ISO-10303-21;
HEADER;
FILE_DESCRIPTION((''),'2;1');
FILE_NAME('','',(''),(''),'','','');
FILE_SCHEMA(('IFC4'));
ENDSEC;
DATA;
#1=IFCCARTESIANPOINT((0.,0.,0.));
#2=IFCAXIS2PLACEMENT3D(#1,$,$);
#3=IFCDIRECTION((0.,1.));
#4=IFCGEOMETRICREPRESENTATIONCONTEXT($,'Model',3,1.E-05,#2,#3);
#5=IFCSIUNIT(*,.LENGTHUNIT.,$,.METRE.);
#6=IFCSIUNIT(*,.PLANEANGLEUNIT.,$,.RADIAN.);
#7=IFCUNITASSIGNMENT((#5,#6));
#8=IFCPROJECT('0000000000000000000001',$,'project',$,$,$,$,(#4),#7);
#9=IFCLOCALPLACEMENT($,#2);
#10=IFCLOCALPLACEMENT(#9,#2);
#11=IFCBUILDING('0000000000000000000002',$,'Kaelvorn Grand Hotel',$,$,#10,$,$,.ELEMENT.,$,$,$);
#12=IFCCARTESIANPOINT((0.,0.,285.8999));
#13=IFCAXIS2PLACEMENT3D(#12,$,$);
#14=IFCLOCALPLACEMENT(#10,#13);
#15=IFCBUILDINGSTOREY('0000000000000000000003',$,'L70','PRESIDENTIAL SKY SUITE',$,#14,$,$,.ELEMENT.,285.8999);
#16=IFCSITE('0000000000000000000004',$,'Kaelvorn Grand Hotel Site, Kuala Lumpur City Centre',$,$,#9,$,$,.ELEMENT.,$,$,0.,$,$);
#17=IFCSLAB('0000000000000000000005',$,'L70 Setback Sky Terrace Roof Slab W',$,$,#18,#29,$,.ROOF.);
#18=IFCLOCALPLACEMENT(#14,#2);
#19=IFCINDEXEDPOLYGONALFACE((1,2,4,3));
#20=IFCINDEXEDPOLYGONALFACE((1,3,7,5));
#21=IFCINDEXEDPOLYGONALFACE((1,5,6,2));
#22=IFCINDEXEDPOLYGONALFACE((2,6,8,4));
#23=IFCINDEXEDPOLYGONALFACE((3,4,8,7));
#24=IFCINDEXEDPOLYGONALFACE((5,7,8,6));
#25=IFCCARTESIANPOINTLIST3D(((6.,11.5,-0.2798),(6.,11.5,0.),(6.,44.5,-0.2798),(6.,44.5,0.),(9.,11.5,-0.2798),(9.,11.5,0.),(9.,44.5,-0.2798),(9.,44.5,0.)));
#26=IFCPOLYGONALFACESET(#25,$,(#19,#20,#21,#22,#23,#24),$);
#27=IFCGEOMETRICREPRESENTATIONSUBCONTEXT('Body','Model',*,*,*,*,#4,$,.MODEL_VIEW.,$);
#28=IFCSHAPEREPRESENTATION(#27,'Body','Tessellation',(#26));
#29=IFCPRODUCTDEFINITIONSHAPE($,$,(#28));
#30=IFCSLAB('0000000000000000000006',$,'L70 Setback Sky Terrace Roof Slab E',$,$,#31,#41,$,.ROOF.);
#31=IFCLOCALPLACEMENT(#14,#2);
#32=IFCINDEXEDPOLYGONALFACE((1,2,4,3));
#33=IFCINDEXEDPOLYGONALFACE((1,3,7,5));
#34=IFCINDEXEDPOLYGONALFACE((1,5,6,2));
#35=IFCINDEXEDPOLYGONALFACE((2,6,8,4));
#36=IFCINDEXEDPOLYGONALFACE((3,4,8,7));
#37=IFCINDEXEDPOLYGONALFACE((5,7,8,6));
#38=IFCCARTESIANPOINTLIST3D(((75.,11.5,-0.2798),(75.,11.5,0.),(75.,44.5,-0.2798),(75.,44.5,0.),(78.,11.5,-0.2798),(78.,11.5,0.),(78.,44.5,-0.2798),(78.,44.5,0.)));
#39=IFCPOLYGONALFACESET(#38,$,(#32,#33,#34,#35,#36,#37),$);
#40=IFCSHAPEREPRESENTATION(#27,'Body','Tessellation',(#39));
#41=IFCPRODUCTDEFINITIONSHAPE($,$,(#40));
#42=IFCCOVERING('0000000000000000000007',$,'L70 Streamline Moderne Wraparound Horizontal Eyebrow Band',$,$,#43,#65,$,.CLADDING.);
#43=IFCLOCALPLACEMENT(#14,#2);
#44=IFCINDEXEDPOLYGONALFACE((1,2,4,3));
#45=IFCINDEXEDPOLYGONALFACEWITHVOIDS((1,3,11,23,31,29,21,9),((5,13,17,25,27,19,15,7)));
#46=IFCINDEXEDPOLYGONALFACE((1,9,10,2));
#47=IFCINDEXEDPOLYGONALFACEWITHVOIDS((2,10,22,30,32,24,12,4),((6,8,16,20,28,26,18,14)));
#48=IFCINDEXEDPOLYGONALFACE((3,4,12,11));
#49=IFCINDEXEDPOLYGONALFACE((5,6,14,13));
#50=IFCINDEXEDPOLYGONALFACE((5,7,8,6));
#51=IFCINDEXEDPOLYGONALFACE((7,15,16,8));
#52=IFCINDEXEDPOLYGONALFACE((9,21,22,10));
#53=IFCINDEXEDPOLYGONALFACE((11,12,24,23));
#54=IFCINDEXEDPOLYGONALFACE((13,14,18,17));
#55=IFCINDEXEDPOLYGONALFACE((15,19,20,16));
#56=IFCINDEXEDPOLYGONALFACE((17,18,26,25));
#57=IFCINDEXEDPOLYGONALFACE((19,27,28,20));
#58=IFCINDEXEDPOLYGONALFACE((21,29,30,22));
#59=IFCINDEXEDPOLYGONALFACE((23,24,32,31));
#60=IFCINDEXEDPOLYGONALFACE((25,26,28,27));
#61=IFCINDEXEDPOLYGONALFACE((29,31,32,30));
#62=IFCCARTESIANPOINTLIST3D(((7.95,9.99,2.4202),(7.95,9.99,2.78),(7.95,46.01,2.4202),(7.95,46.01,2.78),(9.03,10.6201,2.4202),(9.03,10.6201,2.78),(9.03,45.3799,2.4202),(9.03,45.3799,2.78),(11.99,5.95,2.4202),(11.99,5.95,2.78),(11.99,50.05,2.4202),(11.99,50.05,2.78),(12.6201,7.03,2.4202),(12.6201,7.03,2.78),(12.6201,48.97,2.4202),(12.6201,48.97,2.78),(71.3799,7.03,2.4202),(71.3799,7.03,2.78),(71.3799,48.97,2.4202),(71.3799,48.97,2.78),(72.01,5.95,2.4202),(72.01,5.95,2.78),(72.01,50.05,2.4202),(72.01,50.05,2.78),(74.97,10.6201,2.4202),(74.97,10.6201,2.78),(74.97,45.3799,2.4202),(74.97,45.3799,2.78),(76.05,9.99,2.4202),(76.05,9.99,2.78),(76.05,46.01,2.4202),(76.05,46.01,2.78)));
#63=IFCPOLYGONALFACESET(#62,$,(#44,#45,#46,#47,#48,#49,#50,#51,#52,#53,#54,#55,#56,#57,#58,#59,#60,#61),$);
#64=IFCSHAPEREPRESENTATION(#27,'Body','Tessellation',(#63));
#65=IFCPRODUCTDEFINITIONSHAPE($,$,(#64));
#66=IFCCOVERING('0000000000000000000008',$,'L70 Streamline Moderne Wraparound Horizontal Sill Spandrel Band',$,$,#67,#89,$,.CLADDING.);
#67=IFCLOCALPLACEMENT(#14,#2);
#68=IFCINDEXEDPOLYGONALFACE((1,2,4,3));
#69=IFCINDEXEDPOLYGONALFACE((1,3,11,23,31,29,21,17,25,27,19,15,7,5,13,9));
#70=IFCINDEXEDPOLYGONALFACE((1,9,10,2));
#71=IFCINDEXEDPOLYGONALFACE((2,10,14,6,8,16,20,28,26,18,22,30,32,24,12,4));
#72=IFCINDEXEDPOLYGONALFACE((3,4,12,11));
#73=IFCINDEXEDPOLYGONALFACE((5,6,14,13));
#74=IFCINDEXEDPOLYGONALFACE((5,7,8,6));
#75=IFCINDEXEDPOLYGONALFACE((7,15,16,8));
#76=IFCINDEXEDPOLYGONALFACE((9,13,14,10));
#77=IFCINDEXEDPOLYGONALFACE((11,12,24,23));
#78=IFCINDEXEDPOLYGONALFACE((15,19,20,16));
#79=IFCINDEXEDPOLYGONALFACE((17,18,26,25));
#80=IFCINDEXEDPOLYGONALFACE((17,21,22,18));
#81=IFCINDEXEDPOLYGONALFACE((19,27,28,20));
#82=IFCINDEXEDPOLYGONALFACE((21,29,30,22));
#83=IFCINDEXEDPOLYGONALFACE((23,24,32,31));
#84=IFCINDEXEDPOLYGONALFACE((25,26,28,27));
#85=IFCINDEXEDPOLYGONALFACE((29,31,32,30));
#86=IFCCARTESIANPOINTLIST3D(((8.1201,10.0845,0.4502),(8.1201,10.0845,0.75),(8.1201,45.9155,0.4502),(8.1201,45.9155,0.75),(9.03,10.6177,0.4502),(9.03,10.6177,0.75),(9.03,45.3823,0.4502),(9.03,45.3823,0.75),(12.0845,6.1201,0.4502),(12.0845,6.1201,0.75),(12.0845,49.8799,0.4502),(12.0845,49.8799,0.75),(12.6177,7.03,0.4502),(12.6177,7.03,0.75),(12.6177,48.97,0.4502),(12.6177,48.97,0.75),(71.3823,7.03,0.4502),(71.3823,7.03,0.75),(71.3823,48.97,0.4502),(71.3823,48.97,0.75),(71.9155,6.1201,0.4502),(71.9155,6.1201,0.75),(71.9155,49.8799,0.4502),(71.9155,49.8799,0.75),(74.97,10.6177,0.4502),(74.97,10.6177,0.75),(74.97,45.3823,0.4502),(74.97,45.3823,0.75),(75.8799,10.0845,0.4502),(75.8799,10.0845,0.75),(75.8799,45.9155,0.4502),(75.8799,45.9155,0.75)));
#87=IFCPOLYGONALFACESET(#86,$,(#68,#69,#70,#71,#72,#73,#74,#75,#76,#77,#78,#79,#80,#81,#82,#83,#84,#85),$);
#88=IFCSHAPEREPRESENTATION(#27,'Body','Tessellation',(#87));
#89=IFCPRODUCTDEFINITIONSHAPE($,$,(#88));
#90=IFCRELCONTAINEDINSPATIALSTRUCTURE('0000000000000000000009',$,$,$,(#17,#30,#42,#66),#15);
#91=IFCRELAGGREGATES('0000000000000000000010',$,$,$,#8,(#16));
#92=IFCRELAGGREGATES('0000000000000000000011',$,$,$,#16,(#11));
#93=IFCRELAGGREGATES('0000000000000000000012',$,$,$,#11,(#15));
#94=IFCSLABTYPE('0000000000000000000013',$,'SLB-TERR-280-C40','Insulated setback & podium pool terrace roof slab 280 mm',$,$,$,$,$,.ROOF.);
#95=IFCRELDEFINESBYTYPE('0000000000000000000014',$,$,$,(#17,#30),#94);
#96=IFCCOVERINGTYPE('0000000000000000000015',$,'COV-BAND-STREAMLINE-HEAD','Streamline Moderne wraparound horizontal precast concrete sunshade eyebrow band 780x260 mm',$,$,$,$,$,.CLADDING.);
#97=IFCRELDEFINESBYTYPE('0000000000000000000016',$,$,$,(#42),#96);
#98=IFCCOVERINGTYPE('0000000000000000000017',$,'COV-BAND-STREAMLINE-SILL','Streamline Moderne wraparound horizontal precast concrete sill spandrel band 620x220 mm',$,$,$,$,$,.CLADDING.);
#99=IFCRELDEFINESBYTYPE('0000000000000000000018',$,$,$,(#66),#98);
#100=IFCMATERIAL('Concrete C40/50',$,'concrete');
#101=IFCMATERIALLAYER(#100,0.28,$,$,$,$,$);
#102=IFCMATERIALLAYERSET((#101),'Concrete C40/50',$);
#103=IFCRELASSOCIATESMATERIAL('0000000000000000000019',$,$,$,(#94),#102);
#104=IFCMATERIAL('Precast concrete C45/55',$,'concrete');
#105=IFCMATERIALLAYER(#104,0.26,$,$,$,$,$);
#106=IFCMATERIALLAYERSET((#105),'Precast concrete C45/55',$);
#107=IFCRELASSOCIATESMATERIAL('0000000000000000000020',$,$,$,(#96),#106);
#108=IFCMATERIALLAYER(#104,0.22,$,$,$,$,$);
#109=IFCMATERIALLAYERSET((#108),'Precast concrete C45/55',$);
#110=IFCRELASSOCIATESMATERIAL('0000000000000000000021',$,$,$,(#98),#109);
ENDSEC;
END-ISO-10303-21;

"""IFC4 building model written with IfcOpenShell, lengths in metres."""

from ifc_helpers import new_model, si_unit, direction, frame, origin, place, context, subcontext, project, spatial, polyline, outline, extrude, material, layer, layer_set, type_object, element, save


model = new_model("IFC4")

# Units and contexts
model_context = context("Model", 3, precision=1e-05, world=origin(), true_north=direction((0.0, 1.0)))
body_context = subcontext(model_context, "Body", "Model", "MODEL_VIEW")
ifc_project = project(units=[si_unit("LENGTHUNIT", "METRE"), si_unit("PLANEANGLEUNIT", "RADIAN")], contexts=[model_context])

# Site, building, storey
site_placement = place(None, origin())
site = spatial("IfcSite", under=ifc_project, at=site_placement, Name="Kaelvorn Grand Hotel Site, Kuala Lumpur City Centre", CompositionType="ELEMENT", RefElevation=0.0)
building_placement = place(site_placement, origin())
building = spatial("IfcBuilding", under=site, at=building_placement, Name="Kaelvorn Grand Hotel", CompositionType="ELEMENT")
storey_placement = place(building_placement, frame((0.0, 0.0, 285.8999)))
storey = spatial("IfcBuildingStorey", under=building, at=storey_placement, Name="L70", Description="PRESIDENTIAL SKY SUITE", CompositionType="ELEMENT", Elevation=285.8999)

# Shared definitions
ifc_material_1 = material(Name="Concrete C40/50", Category="concrete")

# Slabs
ifc_layer_1 = layer(ifc_material_1, 0.28)
ifc_layer_set_1 = layer_set([ifc_layer_1], Name="Concrete C40/50")
slab_type_1 = type_object("IfcSlabType", Name="SLB-TERR-280-C40", Description="Insulated setback & podium pool terrace roof slab 280 mm", PredefinedType="ROOF", material=ifc_layer_set_1)
slab_1_placement = place(storey_placement, frame((0.0, 0.0, -0.2798)))
element("IfcSlab", 1, at=slab_1_placement, inside=storey, type_object=slab_type_1, Name="L70 Setback Sky Terrace Roof Slab W", PredefinedType="ROOF", context=body_context, shape_type="SweptSolid", body=[
    extrude(outline(polyline([(6.0, 11.5), (9.0, 11.5), (9.0, 44.5), (6.0, 44.5), (6.0, 11.5)])), origin(), (0.0, 0.0, 1.0), 0.2798),
])
slab_2_placement = place(storey_placement, frame((0.0, 0.0, -0.2798)))
element("IfcSlab", 2, at=slab_2_placement, inside=storey, type_object=slab_type_1, Name="L70 Setback Sky Terrace Roof Slab E", PredefinedType="ROOF", context=body_context, shape_type="SweptSolid", body=[
    extrude(outline(polyline([(75.0, 11.5), (78.0, 11.5), (78.0, 44.5), (75.0, 44.5), (75.0, 11.5)])), origin(), (0.0, 0.0, 1.0), 0.2798),
])

# Coverings
ifc_material_2 = material(Name="Precast concrete C45/55", Category="concrete")
ifc_layer_2 = layer(ifc_material_2, 0.26)
ifc_layer_set_2 = layer_set([ifc_layer_2], Name="Precast concrete C45/55")
covering_type_1 = type_object("IfcCoveringType", Name="COV-BAND-STREAMLINE-HEAD", Description="Streamline Moderne wraparound horizontal precast concrete sunshade eyebrow band 780x260 mm", PredefinedType="CLADDING", material=ifc_layer_set_2)
covering_1_placement = place(storey_placement, frame((0.0, 0.0, 2.4202)))
element("IfcCovering", 3, at=covering_1_placement, inside=storey, type_object=covering_type_1, Name="L70 Streamline Moderne Wraparound Horizontal Eyebrow Band", PredefinedType="CLADDING", context=body_context, shape_type="SweptSolid", body=[
    extrude(outline(polyline([(11.99, 5.95), (72.01, 5.95), (76.05, 9.99), (76.05, 46.01), (72.01, 50.05), (11.99, 50.05), (7.95, 46.01), (7.95, 9.99), (11.99, 5.95)]), holes=[polyline([(12.6201, 7.03), (71.3799, 7.03), (74.97, 10.6201), (74.97, 45.3799), (71.3799, 48.97), (12.6201, 48.97), (9.03, 45.3799), (9.03, 10.6201), (12.6201, 7.03)])]), origin(), (0.0, 0.0, 1.0), 0.3599),
])
ifc_layer_3 = layer(ifc_material_2, 0.22)
ifc_layer_set_3 = layer_set([ifc_layer_3], Name="Precast concrete C45/55")
covering_type_2 = type_object("IfcCoveringType", Name="COV-BAND-STREAMLINE-SILL", Description="Streamline Moderne wraparound horizontal precast concrete sill spandrel band 620x220 mm", PredefinedType="CLADDING", material=ifc_layer_set_3)
covering_2_placement = place(storey_placement, frame((0.0, 0.0, 0.4502)))
element("IfcCovering", 4, at=covering_2_placement, inside=storey, type_object=covering_type_2, Name="L70 Streamline Moderne Wraparound Horizontal Sill Spandrel Band", PredefinedType="CLADDING", context=body_context, shape_type="SweptSolid", body=[
    extrude(outline(polyline([(71.9155, 6.1201), (75.8799, 10.0845), (75.8799, 45.9155), (71.9155, 49.8799), (12.0845, 49.8799), (8.1201, 45.9155), (8.1201, 10.0845), (12.0845, 6.1201), (12.6177, 7.03), (9.03, 10.6177), (9.03, 45.3823), (12.6177, 48.97), (71.3823, 48.97), (74.97, 45.3823), (74.97, 10.6177), (71.3823, 7.03), (71.9155, 6.1201)])), origin(), (0.0, 0.0, 1.0), 0.2998),
])

save(model, "model.ifc")
